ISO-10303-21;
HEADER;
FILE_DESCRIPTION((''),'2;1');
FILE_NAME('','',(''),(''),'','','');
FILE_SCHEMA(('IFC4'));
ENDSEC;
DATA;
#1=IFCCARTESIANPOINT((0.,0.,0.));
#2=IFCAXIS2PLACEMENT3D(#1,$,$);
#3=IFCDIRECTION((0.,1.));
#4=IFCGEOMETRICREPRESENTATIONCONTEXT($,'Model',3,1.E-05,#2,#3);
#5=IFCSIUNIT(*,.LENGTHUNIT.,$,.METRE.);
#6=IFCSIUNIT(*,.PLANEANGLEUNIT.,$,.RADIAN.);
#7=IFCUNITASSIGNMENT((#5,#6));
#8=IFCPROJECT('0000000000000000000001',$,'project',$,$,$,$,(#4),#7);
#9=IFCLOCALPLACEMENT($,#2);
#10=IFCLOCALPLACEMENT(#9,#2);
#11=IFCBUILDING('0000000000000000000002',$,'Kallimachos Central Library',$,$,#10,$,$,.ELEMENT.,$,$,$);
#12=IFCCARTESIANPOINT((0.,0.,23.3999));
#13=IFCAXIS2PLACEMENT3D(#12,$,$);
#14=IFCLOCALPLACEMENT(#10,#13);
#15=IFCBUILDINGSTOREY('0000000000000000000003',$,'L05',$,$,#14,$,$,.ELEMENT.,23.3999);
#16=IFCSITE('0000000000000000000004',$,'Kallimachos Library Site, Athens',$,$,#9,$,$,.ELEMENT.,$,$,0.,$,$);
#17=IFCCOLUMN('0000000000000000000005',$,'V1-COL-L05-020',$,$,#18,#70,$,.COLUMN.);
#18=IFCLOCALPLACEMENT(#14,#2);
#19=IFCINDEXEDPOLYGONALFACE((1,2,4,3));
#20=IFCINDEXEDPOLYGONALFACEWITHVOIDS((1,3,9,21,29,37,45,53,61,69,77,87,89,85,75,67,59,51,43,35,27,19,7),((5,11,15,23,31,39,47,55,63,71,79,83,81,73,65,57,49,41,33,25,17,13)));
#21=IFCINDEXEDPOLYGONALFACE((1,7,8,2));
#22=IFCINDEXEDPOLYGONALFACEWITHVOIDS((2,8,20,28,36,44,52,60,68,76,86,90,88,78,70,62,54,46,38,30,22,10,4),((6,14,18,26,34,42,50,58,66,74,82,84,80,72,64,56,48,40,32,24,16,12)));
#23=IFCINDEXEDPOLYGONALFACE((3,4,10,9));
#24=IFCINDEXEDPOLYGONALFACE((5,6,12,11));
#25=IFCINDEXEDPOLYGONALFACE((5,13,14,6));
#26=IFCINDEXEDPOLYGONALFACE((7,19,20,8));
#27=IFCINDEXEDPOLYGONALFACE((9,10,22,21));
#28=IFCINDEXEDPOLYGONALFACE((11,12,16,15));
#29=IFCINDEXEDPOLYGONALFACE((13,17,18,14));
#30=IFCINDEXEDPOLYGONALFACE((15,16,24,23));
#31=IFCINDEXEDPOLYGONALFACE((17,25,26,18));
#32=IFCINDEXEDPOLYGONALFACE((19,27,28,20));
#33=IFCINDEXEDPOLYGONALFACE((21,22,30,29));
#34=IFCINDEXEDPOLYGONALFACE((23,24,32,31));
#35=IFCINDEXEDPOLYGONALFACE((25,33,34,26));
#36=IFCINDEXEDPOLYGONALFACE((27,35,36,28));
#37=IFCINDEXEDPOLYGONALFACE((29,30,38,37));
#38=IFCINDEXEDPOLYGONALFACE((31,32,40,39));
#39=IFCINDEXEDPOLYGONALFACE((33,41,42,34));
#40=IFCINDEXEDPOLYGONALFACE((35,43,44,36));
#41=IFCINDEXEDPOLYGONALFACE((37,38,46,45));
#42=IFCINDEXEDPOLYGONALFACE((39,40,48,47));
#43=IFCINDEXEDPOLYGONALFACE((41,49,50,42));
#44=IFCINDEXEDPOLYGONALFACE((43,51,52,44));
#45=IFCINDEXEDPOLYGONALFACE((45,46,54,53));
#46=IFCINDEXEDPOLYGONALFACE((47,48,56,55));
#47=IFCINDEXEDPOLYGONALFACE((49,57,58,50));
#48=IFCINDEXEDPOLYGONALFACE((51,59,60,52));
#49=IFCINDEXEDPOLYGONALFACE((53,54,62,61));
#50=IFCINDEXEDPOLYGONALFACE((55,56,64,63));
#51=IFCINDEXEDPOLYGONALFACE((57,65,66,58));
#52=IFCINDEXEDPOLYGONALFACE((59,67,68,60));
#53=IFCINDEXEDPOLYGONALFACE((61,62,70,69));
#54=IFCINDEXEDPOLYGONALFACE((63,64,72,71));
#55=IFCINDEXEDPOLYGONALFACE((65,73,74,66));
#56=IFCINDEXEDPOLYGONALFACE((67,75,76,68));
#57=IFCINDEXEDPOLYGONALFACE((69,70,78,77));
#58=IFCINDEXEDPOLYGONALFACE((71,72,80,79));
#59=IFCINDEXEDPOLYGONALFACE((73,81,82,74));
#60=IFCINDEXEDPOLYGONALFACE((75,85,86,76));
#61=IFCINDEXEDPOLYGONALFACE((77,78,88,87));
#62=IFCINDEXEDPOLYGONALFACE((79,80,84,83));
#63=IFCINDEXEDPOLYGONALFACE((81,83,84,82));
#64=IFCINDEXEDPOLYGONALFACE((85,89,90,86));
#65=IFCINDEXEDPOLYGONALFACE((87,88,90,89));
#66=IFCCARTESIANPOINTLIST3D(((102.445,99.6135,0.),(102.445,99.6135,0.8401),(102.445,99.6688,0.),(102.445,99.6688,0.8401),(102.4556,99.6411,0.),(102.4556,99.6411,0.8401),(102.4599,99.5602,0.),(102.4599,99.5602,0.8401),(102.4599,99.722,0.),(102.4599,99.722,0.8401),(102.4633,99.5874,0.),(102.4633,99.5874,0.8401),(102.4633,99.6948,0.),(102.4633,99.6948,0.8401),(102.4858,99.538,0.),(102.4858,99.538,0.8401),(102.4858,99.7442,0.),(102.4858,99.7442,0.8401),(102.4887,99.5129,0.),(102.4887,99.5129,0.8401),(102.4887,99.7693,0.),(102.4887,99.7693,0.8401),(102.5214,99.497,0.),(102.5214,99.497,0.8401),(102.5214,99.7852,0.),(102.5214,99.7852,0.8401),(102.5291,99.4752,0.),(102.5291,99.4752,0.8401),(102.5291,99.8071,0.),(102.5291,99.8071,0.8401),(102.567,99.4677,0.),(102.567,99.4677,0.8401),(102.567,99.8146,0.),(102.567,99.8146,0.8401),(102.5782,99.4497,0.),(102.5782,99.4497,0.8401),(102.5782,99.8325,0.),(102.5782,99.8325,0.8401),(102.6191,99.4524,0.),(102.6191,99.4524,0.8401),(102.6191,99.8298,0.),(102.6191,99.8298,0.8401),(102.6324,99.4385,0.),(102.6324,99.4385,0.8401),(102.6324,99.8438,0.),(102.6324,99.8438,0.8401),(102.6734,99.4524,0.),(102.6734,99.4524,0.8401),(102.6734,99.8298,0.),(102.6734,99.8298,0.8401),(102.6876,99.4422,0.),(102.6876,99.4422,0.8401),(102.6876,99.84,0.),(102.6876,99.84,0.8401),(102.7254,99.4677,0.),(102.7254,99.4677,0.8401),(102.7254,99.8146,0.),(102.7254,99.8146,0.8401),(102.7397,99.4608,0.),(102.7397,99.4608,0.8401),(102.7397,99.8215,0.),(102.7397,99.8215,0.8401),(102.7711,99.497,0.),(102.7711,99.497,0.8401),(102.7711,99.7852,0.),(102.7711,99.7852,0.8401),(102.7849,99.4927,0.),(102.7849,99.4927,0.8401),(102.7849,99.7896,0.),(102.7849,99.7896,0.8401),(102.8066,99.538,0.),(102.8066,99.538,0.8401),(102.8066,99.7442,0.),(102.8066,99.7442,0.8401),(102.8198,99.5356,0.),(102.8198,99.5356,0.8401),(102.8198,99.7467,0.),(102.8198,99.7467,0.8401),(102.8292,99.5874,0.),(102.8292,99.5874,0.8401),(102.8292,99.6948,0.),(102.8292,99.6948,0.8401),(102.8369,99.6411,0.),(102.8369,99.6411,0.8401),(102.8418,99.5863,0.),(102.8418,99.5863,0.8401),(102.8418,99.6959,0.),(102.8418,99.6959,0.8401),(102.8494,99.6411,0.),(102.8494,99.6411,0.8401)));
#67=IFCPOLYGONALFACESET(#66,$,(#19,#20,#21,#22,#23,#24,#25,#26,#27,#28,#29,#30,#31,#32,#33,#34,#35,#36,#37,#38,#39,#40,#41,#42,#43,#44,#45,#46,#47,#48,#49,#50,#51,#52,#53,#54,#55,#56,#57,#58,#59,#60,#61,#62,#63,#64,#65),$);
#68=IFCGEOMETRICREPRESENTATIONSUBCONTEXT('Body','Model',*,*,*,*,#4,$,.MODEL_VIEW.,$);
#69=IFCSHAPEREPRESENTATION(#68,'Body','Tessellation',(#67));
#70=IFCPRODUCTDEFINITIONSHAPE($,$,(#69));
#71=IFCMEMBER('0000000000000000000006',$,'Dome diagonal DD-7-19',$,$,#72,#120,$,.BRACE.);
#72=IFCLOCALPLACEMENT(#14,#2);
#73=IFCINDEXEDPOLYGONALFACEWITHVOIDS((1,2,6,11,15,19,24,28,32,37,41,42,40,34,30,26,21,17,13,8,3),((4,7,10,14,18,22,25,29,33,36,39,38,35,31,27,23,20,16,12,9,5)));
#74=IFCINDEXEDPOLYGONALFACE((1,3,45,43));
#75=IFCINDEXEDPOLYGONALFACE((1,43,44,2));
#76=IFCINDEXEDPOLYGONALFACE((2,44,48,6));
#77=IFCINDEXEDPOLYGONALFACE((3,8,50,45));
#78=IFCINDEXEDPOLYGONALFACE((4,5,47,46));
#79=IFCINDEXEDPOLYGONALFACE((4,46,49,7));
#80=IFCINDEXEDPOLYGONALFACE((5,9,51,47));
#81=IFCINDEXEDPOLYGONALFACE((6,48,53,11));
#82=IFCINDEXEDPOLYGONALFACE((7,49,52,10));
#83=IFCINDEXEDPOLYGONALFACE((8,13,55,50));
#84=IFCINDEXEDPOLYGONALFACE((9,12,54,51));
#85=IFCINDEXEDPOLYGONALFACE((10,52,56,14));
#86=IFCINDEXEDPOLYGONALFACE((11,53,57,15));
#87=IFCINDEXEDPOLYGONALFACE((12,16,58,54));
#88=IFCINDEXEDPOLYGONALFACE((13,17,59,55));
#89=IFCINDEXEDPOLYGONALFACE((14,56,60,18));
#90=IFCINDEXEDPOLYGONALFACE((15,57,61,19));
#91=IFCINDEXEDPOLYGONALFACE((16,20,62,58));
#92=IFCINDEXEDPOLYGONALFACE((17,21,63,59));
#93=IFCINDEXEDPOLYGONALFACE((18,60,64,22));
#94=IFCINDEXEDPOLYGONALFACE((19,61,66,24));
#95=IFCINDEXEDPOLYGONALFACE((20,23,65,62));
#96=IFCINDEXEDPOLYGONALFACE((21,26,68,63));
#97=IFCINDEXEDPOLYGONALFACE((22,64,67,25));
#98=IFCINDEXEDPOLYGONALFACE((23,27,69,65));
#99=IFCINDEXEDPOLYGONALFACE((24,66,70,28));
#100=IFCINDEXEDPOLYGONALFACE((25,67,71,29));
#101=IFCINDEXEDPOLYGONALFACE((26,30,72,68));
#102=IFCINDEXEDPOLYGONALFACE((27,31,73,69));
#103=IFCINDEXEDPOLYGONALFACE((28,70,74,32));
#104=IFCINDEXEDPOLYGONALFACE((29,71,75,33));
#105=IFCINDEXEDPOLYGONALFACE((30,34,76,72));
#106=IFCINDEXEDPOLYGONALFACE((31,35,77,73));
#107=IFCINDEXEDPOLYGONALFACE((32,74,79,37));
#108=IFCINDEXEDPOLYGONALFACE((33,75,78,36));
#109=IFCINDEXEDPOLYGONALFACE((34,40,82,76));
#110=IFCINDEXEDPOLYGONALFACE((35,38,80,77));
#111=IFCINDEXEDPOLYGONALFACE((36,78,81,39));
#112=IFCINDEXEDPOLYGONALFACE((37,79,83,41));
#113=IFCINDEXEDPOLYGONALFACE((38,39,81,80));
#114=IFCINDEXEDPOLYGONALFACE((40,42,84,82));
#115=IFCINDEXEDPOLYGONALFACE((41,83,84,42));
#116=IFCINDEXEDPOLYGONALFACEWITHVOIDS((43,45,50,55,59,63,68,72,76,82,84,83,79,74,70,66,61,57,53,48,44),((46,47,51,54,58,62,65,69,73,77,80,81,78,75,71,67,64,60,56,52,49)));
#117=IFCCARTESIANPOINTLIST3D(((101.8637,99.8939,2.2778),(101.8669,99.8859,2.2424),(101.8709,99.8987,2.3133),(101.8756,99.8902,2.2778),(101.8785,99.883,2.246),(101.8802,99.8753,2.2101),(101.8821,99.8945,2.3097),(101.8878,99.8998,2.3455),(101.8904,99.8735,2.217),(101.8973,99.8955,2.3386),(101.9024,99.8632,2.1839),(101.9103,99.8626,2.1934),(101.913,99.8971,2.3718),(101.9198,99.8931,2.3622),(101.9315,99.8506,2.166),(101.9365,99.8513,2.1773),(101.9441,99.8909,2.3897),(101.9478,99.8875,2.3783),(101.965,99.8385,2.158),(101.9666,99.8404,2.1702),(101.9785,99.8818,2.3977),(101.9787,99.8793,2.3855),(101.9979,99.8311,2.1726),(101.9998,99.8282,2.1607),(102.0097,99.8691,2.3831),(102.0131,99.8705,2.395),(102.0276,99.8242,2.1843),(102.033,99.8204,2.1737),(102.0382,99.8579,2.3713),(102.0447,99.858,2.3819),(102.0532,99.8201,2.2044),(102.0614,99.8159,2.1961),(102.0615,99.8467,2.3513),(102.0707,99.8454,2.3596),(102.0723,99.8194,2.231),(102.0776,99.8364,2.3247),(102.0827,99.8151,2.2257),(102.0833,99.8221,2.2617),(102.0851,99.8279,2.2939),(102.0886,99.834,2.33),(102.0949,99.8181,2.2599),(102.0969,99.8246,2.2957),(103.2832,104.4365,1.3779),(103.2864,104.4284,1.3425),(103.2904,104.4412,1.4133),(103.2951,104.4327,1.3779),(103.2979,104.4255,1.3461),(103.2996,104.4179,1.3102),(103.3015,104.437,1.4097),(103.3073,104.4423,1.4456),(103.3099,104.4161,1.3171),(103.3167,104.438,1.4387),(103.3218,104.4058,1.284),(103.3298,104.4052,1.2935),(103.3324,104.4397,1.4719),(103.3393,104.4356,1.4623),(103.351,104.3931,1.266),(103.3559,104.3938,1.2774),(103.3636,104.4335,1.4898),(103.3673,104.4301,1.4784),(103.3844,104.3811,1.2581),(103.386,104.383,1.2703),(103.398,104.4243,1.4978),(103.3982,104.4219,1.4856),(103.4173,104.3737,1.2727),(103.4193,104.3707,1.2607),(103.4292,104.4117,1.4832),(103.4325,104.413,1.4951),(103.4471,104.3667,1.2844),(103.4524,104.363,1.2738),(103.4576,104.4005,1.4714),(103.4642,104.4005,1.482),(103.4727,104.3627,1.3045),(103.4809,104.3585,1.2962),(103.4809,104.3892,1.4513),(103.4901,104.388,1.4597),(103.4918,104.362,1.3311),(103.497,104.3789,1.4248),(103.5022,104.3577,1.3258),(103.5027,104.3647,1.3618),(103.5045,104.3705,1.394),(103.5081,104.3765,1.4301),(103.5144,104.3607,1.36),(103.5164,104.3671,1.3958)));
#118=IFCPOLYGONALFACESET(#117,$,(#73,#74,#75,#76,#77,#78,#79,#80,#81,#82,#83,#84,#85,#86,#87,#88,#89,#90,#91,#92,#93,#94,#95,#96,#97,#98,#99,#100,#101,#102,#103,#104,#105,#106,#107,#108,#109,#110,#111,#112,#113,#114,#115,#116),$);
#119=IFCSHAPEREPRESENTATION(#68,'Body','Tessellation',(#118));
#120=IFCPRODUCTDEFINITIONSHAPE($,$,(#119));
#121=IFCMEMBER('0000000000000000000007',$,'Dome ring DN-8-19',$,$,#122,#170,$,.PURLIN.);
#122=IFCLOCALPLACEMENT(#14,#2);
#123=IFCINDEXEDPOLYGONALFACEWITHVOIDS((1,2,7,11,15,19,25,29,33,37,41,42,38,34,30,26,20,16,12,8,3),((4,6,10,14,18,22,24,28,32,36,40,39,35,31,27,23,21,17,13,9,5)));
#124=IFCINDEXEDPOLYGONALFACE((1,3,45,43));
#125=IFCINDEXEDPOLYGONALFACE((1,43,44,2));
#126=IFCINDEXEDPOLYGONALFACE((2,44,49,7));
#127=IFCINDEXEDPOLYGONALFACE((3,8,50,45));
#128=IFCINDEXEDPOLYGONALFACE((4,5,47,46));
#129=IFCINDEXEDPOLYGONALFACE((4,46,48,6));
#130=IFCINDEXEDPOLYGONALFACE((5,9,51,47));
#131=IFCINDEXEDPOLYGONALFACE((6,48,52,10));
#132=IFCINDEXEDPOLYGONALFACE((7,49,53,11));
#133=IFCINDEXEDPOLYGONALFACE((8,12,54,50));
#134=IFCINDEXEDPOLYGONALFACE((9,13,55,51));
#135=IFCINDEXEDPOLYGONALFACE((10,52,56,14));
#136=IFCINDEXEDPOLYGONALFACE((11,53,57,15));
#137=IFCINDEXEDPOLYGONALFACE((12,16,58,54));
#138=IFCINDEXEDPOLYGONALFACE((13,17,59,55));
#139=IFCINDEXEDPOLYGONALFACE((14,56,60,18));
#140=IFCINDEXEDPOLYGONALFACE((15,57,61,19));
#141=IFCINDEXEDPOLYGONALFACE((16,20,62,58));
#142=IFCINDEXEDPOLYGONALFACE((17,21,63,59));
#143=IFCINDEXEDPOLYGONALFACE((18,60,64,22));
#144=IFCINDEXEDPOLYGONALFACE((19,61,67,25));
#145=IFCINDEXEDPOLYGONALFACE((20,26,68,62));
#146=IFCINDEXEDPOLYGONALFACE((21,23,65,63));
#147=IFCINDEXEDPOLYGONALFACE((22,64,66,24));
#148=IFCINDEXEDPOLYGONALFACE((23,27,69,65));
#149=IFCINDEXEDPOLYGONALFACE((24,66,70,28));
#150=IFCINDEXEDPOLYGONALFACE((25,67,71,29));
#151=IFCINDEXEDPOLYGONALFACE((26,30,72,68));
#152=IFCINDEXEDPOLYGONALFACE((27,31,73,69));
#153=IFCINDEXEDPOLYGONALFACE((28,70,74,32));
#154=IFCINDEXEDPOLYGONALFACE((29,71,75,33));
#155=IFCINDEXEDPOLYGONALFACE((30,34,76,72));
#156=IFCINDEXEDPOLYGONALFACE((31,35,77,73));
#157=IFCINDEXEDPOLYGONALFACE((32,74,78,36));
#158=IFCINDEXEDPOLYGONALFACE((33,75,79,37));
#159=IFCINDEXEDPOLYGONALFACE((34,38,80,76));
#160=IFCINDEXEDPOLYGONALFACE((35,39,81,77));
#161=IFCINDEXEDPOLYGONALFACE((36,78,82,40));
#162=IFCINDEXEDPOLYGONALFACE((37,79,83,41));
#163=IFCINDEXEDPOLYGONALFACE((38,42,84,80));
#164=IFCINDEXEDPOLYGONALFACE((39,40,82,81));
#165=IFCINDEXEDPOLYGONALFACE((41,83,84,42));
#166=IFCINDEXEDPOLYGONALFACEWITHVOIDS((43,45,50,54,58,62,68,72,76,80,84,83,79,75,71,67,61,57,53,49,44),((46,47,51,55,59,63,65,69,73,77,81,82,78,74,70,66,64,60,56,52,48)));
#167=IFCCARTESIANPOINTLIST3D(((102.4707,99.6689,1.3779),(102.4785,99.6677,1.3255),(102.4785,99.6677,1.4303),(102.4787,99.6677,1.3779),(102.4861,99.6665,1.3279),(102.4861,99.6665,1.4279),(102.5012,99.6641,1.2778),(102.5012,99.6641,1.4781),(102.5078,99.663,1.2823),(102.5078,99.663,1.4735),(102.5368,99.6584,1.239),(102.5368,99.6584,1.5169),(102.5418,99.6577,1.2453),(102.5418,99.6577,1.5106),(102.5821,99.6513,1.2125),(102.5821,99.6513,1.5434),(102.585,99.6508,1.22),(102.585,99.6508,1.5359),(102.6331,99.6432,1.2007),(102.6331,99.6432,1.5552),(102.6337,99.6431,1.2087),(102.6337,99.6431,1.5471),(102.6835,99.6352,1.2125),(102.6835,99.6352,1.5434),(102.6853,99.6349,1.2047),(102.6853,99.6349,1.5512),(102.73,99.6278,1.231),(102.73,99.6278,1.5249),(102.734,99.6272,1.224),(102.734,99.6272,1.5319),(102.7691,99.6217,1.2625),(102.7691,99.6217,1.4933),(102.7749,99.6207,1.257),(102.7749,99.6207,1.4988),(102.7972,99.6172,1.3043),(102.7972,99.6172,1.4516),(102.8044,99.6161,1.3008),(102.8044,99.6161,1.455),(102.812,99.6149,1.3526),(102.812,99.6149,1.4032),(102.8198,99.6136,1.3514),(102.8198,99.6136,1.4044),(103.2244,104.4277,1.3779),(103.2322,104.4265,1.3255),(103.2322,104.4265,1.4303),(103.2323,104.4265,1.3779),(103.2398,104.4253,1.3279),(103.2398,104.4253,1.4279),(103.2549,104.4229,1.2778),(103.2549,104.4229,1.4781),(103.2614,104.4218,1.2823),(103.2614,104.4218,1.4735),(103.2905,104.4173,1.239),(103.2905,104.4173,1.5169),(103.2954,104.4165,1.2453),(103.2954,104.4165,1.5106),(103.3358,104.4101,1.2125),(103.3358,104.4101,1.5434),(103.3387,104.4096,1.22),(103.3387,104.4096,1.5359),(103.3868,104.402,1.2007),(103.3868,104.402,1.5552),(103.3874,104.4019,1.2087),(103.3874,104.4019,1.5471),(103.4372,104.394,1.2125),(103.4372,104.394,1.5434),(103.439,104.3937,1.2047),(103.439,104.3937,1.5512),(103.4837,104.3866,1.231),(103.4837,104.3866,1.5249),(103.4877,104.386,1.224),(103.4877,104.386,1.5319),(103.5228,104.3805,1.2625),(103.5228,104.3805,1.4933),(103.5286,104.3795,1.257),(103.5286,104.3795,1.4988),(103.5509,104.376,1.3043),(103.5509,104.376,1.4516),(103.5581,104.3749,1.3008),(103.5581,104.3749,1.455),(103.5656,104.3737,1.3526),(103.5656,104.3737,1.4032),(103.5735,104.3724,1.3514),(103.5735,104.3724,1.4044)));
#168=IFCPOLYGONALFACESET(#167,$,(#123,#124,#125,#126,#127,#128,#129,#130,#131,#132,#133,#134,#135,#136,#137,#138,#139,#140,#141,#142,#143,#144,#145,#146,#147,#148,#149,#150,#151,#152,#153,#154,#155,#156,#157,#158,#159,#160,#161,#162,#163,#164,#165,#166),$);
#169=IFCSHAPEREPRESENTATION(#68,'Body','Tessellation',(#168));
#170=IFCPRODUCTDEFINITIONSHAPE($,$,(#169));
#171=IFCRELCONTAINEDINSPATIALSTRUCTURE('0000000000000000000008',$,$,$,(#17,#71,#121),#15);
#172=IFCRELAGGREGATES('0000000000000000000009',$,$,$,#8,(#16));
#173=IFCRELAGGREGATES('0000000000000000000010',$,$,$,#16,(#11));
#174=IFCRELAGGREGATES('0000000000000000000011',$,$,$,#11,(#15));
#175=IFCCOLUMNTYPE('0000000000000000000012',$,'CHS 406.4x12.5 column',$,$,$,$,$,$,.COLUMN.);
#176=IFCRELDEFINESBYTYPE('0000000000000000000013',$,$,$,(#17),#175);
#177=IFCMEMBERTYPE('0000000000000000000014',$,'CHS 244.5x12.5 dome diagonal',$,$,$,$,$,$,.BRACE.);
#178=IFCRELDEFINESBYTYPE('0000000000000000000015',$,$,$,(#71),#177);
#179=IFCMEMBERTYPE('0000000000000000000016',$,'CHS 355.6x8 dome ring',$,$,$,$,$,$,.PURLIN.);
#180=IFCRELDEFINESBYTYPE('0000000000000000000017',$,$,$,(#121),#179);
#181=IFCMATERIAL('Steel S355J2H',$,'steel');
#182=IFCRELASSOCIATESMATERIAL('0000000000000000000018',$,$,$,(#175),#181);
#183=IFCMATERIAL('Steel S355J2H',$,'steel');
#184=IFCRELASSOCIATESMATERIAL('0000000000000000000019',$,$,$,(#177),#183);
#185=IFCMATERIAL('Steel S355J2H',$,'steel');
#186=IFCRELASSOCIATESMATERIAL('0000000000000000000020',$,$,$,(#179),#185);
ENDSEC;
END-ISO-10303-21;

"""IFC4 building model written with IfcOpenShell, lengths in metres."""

from ifc_helpers import new_model, si_unit, direction, frame, origin, origin_2d, place, context, subcontext, project, spatial, hollow_circle, extrude, material, material_profile, profile_set, type_object, element, save


model = new_model("IFC4")

# Units and contexts
model_context = context("Model", 3, precision=1e-05, world=origin(), true_north=direction((0.0, 1.0)))
body_context = subcontext(model_context, "Body", "Model", "MODEL_VIEW")
ifc_project = project(units=[si_unit("LENGTHUNIT", "METRE"), si_unit("PLANEANGLEUNIT", "RADIAN")], contexts=[model_context])

# Site, building, storey
site_placement = place(None, origin())
site = spatial("IfcSite", under=ifc_project, at=site_placement, Name="Kallimachos Library Site, Athens", CompositionType="ELEMENT", RefElevation=0.0)
building_placement = place(site_placement, origin())
building = spatial("IfcBuilding", under=site, at=building_placement, Name="Kallimachos Central Library", CompositionType="ELEMENT")
storey_placement = place(building_placement, frame((0.0, 0.0, 23.3999)))
storey = spatial("IfcBuildingStorey", under=building, at=storey_placement, Name="L05", CompositionType="ELEMENT", Elevation=23.3999)

# Column
ifc_material_1 = material(Name="Steel S355J2H", Category="steel")
ifc_material_profile_1 = material_profile(ifc_material_1, hollow_circle(Radius=0.2031, WallThickness=0.0125, at=origin_2d()), Name="CHS 406.4x12.5")
ifc_profile_set_1 = profile_set([ifc_material_profile_1], Name="Steel S355J2H")
column_type = type_object("IfcColumnType", Name="CHS 406.4x12.5 column", PredefinedType="COLUMN", material=ifc_profile_set_1)
column_placement = place(storey_placement, frame((102.6462, 99.6411, 0.0), z_axis=(0.0, 0.0, 1.0), x_axis=(1.0, 0.0, 0.0)))
element("IfcColumn", 1, at=column_placement, inside=storey, type_object=column_type, Name="V1-COL-L05-020", PredefinedType="COLUMN", context=body_context, shape_type="SweptSolid", body=[
    extrude(hollow_circle(Radius=0.2031, WallThickness=0.0125, at=origin_2d()), origin(), (0.0, 0.0, 1.0), 0.8401),
])

# Members
ifc_material_2 = material(Name="Steel S355J2H", Category="steel")
ifc_material_profile_2 = material_profile(ifc_material_2, hollow_circle(Radius=0.1223, WallThickness=0.0125, at=origin_2d()), Name="CHS 244.5x12.5")
ifc_profile_set_2 = profile_set([ifc_material_profile_2], Name="Steel S355J2H")
member_type_1 = type_object("IfcMemberType", Name="CHS 244.5x12.5 dome diagonal", PredefinedType="BRACE", material=ifc_profile_set_2)
member_1_placement = place(storey_placement, frame((101.9805, 99.8574, 2.2778), z_axis=(0.293064, 0.937866, -0.185799), x_axis=(-0.954485, 0.298257, 0.0)))
element("IfcMember", 2, at=member_1_placement, inside=storey, type_object=member_type_1, Name="Dome diagonal DD-7-19", PredefinedType="BRACE", context=body_context, shape_type="SweptSolid", body=[
    extrude(hollow_circle(Radius=0.1223, WallThickness=0.0125, at=origin_2d()), origin(), (0.0, 0.0, 1.0), 4.8435),
])
ifc_material_3 = material(Name="Steel S355J2H", Category="steel")
ifc_material_profile_3 = material_profile(ifc_material_3, hollow_circle(Radius=0.1777, WallThickness=0.0081, at=origin_2d()), Name="CHS 355.6x8")
ifc_profile_set_3 = profile_set([ifc_material_profile_3], Name="Steel S355J2H")
member_type_2 = type_object("IfcMemberType", Name="CHS 355.6x8 dome ring", PredefinedType="PURLIN", material=ifc_profile_set_3)
member_2_placement = place(storey_placement, frame((102.6462, 99.6411, 1.3779), z_axis=(0.156423, 0.98769, 0.0), x_axis=(-0.98769, 0.156423, 0.0)))
element("IfcMember", 3, at=member_2_placement, inside=storey, type_object=member_type_2, Name="Dome ring DN-8-19", PredefinedType="PURLIN", context=body_context, shape_type="SweptSolid", body=[
    extrude(hollow_circle(Radius=0.1777, WallThickness=0.0081, at=origin_2d()), origin(), (0.0, 0.0, 1.0), 4.8181),
])

save(model, "model.ifc")
